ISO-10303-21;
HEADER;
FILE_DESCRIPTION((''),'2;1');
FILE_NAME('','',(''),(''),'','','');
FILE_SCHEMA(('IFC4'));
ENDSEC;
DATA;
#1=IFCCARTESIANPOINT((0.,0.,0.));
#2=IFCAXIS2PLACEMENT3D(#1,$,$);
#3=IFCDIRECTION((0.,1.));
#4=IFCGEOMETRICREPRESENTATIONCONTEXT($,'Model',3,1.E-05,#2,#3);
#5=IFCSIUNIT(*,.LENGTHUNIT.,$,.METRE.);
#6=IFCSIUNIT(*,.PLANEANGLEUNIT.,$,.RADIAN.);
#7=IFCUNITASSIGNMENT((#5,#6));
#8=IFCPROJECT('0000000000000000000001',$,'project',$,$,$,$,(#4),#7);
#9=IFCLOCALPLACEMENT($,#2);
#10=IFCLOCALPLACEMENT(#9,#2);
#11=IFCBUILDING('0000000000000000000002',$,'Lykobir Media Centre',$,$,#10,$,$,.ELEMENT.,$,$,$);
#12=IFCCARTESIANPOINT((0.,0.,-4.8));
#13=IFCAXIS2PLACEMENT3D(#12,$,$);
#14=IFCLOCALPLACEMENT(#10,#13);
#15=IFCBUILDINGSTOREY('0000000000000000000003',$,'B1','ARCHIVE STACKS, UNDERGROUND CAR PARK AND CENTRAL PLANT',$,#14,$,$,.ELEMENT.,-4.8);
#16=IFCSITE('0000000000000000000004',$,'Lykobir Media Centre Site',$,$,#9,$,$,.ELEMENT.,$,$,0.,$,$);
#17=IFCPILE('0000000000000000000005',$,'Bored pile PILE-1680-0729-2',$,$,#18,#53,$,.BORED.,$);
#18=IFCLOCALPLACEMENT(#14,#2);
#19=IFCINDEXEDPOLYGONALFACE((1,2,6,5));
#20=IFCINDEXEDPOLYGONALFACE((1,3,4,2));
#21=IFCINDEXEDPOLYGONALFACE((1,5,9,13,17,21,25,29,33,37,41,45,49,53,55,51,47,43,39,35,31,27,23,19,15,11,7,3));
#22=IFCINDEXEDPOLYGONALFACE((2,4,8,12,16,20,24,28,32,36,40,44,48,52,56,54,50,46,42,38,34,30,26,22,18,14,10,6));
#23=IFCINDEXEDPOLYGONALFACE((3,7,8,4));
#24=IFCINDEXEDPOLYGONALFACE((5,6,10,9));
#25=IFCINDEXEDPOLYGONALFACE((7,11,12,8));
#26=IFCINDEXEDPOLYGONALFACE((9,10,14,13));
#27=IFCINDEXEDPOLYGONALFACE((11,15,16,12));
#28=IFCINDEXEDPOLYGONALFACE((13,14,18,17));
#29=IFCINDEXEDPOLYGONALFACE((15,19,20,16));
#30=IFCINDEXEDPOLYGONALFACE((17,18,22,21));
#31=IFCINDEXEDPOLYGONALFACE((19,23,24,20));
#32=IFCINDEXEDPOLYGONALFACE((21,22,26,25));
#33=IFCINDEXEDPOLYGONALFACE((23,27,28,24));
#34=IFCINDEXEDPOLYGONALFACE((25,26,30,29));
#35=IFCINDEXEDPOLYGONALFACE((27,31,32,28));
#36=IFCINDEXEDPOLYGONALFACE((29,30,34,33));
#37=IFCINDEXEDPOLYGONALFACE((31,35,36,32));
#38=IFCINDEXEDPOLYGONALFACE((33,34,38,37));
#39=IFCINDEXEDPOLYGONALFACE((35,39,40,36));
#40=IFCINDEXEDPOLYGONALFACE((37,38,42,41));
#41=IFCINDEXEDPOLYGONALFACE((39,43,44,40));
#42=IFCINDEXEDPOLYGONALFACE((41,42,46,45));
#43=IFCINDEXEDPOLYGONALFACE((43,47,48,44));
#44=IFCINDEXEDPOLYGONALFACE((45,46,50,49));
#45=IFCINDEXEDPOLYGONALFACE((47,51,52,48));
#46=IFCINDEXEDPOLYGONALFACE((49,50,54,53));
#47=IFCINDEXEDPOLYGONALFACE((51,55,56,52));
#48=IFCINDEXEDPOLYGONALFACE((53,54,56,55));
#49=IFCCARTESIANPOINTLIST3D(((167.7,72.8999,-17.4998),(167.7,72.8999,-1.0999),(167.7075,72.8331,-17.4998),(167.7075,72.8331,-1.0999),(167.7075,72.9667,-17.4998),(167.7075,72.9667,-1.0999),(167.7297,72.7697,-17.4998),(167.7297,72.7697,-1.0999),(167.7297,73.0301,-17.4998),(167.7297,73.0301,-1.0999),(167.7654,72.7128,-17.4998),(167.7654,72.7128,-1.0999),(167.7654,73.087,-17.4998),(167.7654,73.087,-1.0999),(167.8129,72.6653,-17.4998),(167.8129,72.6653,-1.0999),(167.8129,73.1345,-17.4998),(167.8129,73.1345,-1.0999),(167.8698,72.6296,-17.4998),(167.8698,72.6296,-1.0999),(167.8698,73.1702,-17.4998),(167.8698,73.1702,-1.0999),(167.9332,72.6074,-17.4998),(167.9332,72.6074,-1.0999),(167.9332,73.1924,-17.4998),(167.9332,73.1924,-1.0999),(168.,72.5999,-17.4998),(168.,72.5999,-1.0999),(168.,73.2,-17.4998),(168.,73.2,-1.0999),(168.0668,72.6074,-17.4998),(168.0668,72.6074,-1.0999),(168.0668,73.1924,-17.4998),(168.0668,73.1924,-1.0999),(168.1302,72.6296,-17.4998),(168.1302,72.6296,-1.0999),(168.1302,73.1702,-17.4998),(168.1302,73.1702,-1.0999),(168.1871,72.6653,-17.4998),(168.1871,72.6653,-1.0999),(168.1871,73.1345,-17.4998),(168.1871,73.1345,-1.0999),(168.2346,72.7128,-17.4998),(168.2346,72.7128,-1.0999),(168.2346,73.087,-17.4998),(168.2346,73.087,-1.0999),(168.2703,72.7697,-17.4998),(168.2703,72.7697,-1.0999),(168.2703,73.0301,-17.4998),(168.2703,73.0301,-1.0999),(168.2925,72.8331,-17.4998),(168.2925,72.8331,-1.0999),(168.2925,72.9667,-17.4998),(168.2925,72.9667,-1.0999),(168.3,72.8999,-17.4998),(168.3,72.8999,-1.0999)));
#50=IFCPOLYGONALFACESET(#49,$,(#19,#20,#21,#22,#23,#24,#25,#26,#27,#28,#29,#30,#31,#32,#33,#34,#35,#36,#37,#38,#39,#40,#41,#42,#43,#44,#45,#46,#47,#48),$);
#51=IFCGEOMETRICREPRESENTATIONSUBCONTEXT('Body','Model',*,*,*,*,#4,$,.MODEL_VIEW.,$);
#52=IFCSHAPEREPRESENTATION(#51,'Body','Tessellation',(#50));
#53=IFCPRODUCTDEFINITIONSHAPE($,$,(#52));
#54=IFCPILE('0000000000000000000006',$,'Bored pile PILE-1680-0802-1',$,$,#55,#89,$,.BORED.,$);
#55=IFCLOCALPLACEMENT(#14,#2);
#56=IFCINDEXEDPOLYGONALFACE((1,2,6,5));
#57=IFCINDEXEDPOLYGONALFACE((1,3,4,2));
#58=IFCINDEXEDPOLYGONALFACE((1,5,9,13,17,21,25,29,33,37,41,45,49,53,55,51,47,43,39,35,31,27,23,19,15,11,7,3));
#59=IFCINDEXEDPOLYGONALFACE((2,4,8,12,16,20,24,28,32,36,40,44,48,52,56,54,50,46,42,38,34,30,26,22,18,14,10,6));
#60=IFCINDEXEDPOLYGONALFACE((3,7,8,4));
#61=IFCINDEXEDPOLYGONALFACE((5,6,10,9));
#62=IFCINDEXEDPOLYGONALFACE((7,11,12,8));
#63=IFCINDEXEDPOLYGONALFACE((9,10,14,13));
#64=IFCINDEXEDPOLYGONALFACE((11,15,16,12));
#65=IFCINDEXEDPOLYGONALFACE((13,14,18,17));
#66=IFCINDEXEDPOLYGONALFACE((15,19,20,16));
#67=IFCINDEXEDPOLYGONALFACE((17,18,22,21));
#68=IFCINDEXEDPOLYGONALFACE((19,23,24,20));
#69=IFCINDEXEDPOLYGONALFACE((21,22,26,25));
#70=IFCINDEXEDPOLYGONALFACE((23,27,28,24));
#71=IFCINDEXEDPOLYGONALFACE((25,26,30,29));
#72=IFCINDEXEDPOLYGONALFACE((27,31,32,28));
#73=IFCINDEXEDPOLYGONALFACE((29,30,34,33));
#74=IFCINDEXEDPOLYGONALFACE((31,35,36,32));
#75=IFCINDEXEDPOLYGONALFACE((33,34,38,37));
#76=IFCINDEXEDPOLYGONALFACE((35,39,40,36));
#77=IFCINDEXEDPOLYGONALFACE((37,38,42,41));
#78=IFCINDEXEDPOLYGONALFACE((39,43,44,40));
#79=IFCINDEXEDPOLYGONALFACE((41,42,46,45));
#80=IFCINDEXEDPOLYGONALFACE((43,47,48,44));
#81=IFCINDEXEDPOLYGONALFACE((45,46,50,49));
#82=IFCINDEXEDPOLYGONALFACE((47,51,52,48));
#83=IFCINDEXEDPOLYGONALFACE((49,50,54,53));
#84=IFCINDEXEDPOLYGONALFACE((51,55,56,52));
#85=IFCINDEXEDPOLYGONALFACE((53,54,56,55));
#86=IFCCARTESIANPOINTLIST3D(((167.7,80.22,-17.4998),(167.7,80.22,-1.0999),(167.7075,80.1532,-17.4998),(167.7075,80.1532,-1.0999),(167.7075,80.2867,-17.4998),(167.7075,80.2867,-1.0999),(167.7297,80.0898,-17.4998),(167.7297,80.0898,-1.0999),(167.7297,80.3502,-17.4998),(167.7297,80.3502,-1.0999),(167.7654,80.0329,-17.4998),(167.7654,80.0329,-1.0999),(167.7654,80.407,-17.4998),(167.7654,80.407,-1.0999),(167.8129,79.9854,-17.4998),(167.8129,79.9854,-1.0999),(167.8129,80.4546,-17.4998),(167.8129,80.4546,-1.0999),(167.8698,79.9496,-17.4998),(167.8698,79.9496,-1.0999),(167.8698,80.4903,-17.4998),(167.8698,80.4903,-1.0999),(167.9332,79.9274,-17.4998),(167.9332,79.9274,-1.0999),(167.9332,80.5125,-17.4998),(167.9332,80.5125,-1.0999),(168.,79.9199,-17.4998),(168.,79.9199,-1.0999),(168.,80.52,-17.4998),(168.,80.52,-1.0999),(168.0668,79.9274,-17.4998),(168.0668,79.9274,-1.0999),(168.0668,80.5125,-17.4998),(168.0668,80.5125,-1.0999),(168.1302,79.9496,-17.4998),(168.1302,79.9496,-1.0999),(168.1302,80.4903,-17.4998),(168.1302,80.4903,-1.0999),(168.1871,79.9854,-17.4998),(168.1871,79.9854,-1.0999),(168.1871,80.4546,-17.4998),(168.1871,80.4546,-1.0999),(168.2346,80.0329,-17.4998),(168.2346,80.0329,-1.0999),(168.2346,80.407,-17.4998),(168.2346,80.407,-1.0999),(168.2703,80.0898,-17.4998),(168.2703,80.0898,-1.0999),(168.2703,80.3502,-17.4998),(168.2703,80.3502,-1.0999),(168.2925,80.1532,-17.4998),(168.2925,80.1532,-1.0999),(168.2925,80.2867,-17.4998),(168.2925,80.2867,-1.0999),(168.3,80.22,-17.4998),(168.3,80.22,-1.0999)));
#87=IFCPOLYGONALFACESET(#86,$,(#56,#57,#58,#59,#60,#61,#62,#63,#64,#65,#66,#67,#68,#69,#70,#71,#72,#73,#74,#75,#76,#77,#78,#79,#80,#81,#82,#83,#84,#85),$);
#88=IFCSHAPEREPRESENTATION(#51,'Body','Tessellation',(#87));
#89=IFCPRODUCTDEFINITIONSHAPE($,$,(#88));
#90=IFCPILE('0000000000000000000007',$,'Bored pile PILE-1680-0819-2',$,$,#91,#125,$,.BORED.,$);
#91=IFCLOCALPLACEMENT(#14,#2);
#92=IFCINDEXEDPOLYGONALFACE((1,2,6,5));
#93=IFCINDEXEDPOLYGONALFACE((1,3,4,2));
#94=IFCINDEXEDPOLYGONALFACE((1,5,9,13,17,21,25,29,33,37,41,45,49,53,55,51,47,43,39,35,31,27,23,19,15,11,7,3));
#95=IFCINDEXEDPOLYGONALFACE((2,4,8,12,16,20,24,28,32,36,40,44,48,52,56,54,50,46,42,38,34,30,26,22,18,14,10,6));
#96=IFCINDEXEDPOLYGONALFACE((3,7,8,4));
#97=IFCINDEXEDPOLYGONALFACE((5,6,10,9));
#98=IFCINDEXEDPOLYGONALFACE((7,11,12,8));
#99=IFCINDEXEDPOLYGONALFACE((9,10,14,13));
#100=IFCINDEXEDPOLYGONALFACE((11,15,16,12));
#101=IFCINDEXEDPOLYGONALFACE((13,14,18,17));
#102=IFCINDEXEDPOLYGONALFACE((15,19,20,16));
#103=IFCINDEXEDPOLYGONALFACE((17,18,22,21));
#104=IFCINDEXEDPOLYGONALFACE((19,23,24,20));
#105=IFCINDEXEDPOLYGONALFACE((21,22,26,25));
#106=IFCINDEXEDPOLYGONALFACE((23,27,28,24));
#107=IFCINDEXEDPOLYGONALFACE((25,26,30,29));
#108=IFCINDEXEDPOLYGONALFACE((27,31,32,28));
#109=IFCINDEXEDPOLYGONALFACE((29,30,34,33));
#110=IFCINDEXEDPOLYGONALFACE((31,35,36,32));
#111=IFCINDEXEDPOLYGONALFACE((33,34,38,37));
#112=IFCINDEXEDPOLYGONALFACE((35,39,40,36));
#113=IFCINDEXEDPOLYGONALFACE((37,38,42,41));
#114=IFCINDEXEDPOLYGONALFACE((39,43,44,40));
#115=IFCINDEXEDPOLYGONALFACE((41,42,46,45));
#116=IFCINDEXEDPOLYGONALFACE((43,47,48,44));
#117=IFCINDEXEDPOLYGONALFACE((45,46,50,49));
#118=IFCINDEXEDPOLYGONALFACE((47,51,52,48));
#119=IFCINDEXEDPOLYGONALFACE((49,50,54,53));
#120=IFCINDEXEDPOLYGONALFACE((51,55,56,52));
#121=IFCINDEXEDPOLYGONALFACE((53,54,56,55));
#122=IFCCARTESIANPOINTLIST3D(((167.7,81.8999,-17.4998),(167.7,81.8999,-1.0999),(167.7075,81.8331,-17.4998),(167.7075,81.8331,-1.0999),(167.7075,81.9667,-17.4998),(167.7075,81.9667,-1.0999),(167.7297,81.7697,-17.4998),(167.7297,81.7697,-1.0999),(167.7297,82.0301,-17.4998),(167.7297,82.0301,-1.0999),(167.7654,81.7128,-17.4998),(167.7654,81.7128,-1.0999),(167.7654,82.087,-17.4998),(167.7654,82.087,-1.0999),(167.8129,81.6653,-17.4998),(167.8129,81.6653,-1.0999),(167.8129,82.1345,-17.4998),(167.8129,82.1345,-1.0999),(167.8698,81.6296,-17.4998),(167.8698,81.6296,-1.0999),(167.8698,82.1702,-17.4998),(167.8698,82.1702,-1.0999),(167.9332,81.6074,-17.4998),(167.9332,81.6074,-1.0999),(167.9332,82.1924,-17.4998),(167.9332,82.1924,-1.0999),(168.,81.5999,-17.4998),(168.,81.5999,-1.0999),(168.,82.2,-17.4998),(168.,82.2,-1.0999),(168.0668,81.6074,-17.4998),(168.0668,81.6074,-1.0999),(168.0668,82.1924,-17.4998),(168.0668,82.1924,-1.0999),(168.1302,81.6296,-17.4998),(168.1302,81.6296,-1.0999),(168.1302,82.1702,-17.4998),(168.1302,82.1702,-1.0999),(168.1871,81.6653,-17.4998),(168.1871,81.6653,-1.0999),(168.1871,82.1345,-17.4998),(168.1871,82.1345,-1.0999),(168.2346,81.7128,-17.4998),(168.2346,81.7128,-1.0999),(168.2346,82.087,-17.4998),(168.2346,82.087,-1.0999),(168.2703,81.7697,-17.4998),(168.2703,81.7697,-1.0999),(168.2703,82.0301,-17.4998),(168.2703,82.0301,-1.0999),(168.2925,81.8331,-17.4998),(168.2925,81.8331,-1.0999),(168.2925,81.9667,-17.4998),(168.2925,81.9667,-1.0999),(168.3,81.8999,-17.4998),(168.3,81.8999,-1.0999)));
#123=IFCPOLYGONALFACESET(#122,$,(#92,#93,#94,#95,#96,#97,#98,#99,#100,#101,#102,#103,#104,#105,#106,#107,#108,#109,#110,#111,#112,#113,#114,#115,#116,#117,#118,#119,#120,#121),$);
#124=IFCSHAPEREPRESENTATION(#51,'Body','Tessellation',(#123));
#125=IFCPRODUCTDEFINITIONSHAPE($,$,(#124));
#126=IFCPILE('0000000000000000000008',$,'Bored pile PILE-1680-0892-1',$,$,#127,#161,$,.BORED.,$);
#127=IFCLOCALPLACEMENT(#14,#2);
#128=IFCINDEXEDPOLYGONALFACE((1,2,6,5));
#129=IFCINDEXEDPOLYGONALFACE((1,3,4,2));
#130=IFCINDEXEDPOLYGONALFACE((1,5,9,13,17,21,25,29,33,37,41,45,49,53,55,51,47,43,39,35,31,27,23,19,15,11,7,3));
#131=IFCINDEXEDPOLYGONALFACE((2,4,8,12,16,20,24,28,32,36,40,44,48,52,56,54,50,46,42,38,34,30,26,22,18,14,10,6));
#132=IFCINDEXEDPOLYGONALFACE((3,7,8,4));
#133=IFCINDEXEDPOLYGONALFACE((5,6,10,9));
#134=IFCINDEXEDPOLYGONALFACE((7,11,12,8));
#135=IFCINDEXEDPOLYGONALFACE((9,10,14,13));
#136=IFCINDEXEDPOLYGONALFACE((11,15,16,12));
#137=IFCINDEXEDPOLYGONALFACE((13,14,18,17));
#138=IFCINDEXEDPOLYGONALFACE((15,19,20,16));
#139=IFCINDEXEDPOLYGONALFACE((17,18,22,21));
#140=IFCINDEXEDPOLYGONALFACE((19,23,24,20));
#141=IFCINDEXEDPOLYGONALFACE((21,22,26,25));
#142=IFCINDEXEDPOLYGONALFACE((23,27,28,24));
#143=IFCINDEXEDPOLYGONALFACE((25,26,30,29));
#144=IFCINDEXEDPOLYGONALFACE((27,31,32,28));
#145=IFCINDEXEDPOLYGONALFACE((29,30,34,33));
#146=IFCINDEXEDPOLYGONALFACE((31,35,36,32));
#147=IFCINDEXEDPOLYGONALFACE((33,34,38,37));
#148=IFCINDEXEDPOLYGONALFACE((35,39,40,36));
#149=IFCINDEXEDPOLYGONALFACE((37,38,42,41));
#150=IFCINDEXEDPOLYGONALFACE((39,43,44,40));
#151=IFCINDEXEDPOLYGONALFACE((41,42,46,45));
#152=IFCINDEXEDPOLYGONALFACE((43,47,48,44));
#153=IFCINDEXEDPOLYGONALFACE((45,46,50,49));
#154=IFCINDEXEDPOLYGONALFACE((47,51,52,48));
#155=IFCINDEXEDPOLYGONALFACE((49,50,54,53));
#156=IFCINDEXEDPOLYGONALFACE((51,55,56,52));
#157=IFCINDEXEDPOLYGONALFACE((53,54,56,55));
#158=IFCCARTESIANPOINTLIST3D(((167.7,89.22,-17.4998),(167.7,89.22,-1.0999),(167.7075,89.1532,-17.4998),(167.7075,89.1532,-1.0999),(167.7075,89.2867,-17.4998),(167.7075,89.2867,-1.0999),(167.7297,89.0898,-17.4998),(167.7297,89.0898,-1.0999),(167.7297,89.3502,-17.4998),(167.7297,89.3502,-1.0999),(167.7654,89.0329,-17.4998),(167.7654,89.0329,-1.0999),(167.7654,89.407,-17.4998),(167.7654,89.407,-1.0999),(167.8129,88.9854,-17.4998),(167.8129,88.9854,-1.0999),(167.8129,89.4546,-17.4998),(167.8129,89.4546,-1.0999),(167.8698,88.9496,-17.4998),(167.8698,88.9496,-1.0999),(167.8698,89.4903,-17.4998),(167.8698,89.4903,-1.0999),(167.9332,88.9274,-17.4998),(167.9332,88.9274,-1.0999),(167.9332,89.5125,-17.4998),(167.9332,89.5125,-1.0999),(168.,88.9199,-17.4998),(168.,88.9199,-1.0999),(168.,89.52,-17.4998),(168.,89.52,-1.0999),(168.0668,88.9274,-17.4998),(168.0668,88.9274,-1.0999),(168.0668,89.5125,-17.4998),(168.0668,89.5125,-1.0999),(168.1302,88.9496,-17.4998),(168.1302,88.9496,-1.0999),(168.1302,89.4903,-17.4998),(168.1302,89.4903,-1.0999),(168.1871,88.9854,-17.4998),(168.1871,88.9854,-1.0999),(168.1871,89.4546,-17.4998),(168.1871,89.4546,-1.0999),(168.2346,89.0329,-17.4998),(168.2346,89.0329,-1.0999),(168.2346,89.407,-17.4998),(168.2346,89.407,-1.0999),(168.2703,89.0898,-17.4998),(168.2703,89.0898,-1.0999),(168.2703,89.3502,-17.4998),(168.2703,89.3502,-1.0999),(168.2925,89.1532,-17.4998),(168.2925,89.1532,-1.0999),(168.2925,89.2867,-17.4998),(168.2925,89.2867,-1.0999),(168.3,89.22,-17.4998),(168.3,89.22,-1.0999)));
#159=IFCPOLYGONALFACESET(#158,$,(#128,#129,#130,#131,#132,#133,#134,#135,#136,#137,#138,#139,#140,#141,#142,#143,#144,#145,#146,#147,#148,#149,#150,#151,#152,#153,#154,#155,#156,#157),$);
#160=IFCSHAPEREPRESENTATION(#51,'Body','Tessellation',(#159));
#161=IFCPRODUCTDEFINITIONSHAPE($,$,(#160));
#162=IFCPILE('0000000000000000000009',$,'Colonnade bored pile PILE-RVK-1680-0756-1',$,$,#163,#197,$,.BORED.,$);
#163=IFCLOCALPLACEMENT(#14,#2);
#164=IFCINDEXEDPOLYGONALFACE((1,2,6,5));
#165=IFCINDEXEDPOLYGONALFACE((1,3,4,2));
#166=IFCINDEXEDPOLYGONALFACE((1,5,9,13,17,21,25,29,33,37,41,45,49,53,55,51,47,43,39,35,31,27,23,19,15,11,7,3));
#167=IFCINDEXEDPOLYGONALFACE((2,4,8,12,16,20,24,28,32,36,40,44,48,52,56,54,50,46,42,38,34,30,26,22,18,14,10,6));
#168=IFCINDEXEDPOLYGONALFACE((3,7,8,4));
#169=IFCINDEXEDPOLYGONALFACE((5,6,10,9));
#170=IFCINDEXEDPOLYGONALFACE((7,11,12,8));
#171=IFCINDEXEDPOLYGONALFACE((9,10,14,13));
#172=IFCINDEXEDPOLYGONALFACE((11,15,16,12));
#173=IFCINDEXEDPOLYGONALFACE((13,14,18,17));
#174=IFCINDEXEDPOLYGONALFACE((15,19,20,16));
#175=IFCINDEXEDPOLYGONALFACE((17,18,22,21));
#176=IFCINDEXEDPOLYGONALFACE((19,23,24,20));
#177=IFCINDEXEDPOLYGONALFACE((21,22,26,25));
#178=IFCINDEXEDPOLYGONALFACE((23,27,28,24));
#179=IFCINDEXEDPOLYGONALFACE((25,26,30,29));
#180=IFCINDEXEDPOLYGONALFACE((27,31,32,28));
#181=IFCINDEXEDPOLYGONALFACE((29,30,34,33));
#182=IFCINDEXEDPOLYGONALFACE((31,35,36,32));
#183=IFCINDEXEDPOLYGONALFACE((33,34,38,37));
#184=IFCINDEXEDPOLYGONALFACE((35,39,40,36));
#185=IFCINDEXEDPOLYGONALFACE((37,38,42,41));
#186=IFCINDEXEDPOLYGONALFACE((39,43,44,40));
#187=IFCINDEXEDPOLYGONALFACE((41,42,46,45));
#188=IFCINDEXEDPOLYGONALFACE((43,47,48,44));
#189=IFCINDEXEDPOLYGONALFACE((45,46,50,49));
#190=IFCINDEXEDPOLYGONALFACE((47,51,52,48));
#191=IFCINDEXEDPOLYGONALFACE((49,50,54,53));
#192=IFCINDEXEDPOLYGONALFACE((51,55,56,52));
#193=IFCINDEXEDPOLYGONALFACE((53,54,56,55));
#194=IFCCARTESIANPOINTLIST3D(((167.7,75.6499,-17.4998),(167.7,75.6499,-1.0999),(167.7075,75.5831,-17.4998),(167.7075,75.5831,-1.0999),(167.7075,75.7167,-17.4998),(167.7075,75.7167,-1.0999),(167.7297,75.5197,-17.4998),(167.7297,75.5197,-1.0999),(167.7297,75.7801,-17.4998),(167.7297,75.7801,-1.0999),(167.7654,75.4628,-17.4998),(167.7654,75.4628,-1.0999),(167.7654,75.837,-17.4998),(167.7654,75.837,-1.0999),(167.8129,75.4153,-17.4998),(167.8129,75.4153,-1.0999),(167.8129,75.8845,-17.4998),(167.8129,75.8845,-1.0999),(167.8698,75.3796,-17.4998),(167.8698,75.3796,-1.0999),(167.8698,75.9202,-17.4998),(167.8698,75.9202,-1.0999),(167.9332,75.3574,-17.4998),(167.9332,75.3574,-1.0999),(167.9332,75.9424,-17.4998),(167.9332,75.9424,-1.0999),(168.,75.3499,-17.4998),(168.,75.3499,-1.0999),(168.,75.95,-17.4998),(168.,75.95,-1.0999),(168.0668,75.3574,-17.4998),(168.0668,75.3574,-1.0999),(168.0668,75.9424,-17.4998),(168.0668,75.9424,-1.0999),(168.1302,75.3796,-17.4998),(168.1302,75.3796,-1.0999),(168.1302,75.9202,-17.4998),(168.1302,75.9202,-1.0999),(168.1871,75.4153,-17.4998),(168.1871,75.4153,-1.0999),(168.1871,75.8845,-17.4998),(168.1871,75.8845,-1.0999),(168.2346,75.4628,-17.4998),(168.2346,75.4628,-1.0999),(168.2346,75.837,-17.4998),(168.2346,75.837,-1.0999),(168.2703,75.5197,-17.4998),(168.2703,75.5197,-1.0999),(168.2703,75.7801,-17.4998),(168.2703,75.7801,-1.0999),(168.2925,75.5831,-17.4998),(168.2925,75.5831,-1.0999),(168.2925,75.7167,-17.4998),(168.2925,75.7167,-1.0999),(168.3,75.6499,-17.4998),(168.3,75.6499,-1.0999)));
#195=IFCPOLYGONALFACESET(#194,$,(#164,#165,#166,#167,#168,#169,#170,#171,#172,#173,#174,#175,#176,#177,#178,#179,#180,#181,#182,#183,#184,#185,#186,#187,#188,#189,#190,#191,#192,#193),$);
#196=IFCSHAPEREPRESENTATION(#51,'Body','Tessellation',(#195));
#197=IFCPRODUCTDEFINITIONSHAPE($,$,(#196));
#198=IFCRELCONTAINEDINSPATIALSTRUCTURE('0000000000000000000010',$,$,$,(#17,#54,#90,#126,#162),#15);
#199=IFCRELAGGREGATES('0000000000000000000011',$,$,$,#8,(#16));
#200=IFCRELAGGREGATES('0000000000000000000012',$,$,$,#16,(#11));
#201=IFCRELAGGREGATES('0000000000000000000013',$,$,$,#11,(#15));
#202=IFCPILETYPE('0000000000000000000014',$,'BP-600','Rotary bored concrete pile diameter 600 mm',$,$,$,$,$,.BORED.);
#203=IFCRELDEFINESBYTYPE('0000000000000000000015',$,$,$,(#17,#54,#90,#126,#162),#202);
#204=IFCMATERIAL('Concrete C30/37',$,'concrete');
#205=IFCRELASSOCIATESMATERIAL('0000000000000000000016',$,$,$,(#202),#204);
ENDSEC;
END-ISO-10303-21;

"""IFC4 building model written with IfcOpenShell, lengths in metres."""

from ifc_helpers import new_model, si_unit, direction, frame, origin, origin_2d, place, context, subcontext, project, spatial, circle, extrude, material, material_profile, profile_set, type_object, element, save


model = new_model("IFC4")

# Units and contexts
model_context = context("Model", 3, precision=1e-05, world=origin(), true_north=direction((0.0, 1.0)))
body_context = subcontext(model_context, "Body", "Model", "MODEL_VIEW")
ifc_project = project(units=[si_unit("LENGTHUNIT", "METRE"), si_unit("PLANEANGLEUNIT", "RADIAN")], contexts=[model_context])

# Site, building, storey
site_placement = place(None, origin())
site = spatial("IfcSite", under=ifc_project, at=site_placement, Name="Lykobir Media Centre Site", CompositionType="ELEMENT", RefElevation=0.0)
building_placement = place(site_placement, origin())
building = spatial("IfcBuilding", under=site, at=building_placement, Name="Lykobir Media Centre", CompositionType="ELEMENT")
storey_placement = place(building_placement, frame((0.0, 0.0, -4.8)))
storey = spatial("IfcBuildingStorey", under=building, at=storey_placement, Name="B1", Description="ARCHIVE STACKS, UNDERGROUND CAR PARK AND CENTRAL PLANT", CompositionType="ELEMENT", Elevation=-4.8)

# Piles
ifc_material_1 = material(Name="Concrete C30/37", Category="concrete")
ifc_material_profile_1 = material_profile(ifc_material_1, circle(Radius=0.3, at=origin_2d()), Name="BORED PILE D600")
ifc_profile_set_1 = profile_set([ifc_material_profile_1], Name="Concrete C30/37")
pile_type = type_object("IfcPileType", Name="BP-600", Description="Rotary bored concrete pile diameter 600 mm", PredefinedType="BORED", material=ifc_profile_set_1)
for number, where, z_axis, x_axis, name in (
    (1, (168.0, 72.8999, -1.0999), (0.0, 0.0, -1.0), (1.0, 0.0, 0.0), "Bored pile PILE-1680-0729-2"),
    (2, (168.0, 80.22, -1.0999), (0.0, 0.0, -1.0), (1.0, 0.0, 0.0), "Bored pile PILE-1680-0802-1"),
    (3, (168.0, 81.8999, -1.0999), (0.0, 0.0, -1.0), (1.0, 0.0, 0.0), "Bored pile PILE-1680-0819-2"),
    (4, (168.0, 89.22, -1.0999), (0.0, 0.0, -1.0), (1.0, 0.0, 0.0), "Bored pile PILE-1680-0892-1"),
    (5, (168.0, 75.6499, -1.0999), (0.0, 0.0, -1.0), (1.0, 0.0, 0.0), "Colonnade bored pile PILE-RVK-1680-0756-1"),
):
    element("IfcPile", number, at=place(storey_placement, frame(where, z_axis=z_axis, x_axis=x_axis)), inside=storey, type_object=pile_type, Name=name, PredefinedType="BORED", context=body_context, shape_type="SweptSolid", body=[
        extrude(circle(Radius=0.3, at=origin_2d()), origin(), (0.0, 0.0, 1.0), 16.3999),
    ])

save(model, "model.ifc")
